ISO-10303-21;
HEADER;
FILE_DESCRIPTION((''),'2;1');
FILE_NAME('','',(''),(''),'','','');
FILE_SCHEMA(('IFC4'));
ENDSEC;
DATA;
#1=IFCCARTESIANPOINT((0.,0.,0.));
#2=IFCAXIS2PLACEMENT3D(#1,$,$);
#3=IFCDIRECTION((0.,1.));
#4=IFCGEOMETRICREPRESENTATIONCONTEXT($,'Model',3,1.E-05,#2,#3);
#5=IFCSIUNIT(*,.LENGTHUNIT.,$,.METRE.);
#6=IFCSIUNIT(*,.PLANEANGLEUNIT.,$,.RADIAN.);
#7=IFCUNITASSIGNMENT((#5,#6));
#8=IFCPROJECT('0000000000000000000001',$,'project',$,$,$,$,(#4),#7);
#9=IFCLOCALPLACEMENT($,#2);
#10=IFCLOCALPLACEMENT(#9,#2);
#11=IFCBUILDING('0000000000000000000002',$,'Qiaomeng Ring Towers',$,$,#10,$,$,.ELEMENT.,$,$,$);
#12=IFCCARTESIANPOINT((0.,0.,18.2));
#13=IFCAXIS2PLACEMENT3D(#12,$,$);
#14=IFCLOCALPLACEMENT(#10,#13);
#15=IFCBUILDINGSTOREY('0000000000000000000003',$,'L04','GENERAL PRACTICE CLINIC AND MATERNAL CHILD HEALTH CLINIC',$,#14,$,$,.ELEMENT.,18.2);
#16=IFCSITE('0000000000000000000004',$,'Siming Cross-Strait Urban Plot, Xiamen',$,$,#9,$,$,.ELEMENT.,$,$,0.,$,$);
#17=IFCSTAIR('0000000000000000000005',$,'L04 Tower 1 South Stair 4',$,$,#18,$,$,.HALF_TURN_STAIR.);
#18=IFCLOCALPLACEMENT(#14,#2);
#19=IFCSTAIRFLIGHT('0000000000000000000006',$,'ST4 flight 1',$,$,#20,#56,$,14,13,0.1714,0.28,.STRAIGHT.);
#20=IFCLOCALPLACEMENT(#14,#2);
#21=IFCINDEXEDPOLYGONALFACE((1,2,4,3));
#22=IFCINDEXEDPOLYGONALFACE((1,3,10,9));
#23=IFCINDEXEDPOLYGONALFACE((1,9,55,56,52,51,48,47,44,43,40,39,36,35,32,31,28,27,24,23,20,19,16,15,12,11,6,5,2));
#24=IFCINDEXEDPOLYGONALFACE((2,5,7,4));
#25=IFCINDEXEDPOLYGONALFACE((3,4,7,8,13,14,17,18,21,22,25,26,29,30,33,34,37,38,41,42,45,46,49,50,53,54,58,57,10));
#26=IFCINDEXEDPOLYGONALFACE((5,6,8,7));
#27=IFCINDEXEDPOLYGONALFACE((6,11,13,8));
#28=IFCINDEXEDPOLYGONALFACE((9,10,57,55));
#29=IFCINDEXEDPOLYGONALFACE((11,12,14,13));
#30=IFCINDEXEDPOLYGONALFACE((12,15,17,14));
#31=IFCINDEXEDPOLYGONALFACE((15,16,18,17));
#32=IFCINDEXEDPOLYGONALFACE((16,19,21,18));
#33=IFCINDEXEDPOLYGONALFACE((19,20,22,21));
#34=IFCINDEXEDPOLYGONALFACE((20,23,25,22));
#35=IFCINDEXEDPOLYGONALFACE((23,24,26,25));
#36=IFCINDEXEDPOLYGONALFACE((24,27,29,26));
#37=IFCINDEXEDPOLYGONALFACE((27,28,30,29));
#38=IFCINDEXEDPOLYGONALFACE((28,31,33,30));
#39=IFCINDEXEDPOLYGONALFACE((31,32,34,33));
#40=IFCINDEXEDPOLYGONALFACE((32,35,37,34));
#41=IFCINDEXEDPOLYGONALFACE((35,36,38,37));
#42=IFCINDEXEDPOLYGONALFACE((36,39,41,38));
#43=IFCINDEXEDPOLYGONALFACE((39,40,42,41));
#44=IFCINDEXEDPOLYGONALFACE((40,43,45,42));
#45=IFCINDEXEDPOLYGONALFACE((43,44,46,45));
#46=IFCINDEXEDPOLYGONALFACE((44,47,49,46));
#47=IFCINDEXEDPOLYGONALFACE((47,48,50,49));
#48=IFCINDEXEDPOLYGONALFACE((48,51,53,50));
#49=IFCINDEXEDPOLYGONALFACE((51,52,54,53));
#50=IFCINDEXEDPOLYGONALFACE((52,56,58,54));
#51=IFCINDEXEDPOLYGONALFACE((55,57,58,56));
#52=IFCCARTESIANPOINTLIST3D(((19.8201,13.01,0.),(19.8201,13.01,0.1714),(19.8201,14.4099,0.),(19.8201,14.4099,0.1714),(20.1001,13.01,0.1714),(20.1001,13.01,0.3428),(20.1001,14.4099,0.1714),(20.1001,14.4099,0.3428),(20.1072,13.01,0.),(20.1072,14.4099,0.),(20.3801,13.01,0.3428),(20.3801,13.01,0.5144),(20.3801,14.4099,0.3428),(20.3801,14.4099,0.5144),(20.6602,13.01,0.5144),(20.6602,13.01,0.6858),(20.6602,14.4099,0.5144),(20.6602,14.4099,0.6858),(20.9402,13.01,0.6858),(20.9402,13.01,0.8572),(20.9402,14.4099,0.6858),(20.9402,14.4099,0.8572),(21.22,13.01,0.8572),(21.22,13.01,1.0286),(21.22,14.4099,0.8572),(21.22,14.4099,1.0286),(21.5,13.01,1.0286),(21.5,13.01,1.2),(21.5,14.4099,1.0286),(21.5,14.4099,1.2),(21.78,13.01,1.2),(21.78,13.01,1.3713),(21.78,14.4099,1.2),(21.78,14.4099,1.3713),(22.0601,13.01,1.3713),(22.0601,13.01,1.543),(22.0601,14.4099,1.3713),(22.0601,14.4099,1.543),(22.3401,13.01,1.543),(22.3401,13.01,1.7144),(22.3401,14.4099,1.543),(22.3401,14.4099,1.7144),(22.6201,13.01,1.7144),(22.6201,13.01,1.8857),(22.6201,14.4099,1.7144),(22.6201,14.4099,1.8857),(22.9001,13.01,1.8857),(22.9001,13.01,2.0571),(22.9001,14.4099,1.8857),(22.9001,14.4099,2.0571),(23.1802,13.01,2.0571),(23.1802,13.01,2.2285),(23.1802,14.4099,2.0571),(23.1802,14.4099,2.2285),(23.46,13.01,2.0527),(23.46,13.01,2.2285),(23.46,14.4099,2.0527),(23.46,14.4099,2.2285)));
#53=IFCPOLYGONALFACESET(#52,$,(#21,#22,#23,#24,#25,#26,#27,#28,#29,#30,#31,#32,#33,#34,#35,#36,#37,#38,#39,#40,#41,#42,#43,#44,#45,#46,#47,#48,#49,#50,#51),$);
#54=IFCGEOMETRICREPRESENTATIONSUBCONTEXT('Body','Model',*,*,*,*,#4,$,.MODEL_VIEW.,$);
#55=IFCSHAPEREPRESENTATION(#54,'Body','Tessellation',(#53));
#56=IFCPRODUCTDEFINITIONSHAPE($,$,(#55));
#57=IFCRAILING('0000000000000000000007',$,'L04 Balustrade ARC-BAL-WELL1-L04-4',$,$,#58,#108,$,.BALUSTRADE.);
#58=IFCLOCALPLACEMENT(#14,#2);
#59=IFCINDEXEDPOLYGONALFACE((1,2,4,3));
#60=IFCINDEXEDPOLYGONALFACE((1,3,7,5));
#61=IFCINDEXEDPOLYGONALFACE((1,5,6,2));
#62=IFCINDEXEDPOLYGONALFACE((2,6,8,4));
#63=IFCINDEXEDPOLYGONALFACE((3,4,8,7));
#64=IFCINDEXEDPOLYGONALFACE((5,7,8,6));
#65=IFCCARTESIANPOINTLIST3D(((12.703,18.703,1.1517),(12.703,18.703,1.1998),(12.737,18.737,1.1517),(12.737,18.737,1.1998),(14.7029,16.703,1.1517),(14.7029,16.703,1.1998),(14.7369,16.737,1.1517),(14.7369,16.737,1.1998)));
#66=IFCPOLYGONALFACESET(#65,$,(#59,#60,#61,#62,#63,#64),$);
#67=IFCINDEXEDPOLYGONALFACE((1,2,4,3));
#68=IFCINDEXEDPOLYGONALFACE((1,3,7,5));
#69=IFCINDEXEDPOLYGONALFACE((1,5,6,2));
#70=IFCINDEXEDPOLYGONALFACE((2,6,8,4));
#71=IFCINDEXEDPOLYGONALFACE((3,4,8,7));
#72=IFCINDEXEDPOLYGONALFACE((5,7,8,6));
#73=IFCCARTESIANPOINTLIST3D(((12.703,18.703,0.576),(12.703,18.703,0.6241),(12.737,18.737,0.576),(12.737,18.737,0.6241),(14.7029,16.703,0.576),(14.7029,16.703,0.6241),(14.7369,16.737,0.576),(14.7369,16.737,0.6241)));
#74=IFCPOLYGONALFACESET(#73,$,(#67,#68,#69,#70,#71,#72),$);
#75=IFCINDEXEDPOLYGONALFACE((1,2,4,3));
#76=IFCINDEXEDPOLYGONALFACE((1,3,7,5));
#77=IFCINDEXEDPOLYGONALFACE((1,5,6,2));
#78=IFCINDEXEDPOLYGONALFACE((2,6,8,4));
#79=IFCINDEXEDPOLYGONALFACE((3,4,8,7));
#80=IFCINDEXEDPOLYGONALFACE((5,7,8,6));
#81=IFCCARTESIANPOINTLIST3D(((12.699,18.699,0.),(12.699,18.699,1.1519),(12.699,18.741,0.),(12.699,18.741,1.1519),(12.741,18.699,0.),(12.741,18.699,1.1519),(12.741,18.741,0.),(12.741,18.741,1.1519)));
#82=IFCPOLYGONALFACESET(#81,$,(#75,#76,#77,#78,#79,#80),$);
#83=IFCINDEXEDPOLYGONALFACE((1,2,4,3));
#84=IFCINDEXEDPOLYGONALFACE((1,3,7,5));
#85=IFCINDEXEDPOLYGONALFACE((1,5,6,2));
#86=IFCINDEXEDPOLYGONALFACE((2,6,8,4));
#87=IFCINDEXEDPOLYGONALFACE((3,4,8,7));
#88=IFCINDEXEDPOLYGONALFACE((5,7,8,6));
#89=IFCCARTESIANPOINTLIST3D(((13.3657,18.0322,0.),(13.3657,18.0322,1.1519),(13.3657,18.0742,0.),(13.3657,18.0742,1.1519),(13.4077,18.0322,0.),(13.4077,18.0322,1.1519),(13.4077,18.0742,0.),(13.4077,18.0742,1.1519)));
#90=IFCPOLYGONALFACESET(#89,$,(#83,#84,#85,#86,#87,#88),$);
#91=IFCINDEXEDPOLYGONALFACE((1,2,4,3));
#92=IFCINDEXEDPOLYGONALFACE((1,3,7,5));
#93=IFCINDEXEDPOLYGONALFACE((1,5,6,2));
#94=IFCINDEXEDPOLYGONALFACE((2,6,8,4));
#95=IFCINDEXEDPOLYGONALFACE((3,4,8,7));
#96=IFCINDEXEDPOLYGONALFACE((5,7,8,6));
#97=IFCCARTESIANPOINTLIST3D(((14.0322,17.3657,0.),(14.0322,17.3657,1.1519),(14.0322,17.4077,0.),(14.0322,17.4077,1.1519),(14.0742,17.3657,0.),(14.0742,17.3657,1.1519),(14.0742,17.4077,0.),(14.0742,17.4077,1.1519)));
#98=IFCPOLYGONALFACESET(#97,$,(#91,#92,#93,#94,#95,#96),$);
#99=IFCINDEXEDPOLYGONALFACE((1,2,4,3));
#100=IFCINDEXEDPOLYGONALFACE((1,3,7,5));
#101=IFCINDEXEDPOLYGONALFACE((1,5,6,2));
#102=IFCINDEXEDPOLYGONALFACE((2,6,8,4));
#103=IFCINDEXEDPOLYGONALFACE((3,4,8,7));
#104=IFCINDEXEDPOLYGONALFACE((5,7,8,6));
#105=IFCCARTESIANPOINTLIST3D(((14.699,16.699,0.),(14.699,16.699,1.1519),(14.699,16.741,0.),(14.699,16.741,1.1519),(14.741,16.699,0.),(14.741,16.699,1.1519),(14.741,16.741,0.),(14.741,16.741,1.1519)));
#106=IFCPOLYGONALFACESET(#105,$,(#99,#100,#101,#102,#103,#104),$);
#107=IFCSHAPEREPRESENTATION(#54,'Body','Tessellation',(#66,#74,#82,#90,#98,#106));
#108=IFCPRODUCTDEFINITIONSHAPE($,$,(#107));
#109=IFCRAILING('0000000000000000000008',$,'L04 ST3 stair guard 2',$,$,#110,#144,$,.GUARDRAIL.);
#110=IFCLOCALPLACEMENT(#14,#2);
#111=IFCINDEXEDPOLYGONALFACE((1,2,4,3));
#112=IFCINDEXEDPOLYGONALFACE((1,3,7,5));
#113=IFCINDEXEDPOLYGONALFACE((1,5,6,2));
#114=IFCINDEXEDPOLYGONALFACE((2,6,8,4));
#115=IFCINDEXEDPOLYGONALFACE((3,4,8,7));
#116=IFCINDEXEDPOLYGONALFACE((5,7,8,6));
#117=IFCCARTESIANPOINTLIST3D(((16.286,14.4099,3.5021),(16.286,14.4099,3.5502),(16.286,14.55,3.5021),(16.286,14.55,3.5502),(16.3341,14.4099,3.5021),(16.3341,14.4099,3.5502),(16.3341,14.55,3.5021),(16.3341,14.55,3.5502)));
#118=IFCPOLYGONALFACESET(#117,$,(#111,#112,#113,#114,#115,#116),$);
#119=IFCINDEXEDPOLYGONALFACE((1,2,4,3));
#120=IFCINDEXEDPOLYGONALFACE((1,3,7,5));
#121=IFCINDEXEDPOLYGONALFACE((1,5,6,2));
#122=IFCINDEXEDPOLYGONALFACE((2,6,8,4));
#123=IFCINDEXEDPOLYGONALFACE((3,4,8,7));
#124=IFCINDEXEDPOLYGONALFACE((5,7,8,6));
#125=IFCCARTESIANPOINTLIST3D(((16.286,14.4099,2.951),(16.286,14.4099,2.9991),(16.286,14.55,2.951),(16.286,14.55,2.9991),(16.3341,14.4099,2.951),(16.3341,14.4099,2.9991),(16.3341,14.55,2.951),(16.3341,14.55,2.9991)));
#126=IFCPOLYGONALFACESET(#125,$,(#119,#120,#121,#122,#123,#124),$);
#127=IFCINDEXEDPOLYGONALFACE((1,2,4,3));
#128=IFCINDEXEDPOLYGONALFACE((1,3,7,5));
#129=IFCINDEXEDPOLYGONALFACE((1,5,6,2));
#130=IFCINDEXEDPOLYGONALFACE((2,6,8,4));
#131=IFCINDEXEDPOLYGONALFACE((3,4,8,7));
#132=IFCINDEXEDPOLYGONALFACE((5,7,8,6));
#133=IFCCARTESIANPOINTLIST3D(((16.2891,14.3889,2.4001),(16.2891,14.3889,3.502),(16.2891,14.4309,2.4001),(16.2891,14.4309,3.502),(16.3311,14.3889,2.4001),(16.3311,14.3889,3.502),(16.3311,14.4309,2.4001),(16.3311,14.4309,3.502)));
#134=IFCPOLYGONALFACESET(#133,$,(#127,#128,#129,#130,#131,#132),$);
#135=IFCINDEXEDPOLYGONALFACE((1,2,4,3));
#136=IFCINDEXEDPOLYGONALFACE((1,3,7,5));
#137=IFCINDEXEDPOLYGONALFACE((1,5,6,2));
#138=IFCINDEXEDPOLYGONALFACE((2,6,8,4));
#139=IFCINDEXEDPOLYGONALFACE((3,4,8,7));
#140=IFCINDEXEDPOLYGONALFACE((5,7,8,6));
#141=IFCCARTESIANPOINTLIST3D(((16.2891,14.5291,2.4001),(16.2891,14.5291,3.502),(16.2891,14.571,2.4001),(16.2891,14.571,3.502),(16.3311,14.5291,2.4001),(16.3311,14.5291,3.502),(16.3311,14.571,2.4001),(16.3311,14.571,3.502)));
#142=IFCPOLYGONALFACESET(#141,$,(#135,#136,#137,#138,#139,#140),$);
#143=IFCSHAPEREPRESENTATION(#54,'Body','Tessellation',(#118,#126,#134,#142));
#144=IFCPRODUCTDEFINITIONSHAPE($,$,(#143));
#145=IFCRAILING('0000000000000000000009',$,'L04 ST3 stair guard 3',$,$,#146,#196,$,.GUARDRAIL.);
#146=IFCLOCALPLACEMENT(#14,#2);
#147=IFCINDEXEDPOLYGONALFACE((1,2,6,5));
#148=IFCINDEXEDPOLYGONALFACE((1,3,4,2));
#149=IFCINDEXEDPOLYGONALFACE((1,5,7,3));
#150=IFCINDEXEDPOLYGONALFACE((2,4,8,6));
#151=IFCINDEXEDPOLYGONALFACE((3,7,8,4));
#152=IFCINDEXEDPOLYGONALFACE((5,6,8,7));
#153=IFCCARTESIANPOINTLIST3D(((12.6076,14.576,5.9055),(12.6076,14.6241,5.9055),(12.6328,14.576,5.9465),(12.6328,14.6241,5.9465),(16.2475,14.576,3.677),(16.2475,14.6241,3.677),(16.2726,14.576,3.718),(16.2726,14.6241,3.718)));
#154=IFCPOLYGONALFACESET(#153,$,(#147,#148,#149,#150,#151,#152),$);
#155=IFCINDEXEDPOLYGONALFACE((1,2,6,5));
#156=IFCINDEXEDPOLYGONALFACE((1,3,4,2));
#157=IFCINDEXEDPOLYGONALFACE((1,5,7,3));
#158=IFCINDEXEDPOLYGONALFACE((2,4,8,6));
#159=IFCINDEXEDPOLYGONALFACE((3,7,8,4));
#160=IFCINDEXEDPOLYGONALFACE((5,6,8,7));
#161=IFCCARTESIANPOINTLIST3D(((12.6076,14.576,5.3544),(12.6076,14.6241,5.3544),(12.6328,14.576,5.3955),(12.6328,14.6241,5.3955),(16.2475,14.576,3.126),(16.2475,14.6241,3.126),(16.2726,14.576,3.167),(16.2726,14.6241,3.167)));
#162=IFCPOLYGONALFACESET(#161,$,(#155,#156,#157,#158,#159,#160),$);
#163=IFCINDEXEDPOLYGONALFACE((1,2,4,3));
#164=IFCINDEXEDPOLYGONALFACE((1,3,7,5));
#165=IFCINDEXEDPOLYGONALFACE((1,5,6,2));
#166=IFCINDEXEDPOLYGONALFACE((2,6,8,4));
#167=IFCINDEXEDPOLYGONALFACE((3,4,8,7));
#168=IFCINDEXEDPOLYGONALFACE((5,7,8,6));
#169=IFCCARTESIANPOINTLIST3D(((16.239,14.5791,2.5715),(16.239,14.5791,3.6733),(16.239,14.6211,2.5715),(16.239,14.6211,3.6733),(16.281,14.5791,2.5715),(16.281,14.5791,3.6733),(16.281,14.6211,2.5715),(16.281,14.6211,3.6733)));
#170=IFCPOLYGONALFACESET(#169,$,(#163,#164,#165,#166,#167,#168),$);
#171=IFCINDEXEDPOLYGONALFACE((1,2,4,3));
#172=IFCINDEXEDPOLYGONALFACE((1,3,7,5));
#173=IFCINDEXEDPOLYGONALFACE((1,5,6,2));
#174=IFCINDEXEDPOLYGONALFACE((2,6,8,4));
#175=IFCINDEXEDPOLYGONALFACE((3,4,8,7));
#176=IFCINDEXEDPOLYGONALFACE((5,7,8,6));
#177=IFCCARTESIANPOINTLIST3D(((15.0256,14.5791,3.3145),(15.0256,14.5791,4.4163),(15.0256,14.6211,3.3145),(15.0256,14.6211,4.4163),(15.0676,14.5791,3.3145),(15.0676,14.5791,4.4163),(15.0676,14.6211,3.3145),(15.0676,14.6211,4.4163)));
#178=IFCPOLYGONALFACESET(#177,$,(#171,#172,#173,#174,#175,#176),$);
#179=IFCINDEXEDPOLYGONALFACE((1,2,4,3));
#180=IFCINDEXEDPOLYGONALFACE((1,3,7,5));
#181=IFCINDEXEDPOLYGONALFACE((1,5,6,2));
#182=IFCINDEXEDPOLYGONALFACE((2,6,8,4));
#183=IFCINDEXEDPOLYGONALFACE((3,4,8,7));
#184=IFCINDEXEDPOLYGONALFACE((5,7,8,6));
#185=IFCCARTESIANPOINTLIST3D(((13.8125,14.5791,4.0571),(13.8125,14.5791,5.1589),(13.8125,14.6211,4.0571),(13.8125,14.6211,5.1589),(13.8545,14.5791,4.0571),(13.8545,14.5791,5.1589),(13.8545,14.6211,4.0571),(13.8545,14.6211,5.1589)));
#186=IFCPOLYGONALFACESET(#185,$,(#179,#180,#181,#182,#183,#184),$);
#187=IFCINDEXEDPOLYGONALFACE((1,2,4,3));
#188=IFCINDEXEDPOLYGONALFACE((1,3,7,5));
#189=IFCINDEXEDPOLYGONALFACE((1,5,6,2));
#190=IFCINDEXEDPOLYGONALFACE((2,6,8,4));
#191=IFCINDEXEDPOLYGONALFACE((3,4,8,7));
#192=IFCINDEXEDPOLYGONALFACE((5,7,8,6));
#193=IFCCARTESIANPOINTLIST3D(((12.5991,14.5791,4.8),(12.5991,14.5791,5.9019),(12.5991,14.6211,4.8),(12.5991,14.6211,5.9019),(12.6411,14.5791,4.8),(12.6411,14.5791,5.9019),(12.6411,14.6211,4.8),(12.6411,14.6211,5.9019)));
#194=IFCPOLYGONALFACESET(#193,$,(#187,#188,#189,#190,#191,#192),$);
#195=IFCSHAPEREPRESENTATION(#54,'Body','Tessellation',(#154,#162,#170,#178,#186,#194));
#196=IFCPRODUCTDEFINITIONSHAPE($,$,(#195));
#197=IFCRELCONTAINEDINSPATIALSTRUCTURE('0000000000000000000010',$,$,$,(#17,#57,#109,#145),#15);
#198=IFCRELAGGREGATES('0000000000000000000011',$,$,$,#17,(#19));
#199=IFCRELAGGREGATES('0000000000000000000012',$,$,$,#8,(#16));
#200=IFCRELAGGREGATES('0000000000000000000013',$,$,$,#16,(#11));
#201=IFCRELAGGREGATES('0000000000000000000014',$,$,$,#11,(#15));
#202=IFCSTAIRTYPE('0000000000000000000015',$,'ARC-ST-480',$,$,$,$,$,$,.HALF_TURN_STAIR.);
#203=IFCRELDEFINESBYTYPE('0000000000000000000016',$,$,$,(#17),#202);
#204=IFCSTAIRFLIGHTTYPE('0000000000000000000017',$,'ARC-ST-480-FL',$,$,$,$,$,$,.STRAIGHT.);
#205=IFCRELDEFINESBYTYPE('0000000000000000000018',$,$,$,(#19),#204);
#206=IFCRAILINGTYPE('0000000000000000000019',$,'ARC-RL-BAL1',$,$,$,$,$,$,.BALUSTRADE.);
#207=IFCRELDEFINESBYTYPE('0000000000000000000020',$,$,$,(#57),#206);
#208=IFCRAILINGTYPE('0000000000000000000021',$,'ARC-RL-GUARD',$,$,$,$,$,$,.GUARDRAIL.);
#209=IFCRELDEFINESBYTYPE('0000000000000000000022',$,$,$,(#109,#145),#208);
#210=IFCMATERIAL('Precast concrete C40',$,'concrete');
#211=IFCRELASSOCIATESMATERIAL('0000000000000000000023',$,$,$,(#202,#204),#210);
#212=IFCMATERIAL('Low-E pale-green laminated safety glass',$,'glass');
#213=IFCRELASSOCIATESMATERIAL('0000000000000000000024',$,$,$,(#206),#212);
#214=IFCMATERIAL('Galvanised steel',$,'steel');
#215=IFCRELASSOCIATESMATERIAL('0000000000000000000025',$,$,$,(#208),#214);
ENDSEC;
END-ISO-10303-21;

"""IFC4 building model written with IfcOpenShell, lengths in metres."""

from ifc_helpers import new_model, si_unit, direction, frame, origin, origin_2d, place, context, subcontext, project, spatial, polyline, rectangle, outline, extrude, source, transform, mapped, material, type_object, element, aggregate, save


model = new_model("IFC4")

# Units and contexts
model_context = context("Model", 3, precision=1e-05, world=origin(), true_north=direction((0.0, 1.0)))
body_context = subcontext(model_context, "Body", "Model", "MODEL_VIEW")
ifc_project = project(units=[si_unit("LENGTHUNIT", "METRE"), si_unit("PLANEANGLEUNIT", "RADIAN")], contexts=[model_context])

# Site, building, storey
site_placement = place(None, origin())
site = spatial("IfcSite", under=ifc_project, at=site_placement, Name="Siming Cross-Strait Urban Plot, Xiamen", CompositionType="ELEMENT", RefElevation=0.0)
building_placement = place(site_placement, origin())
building = spatial("IfcBuilding", under=site, at=building_placement, Name="Qiaomeng Ring Towers", CompositionType="ELEMENT")
storey_placement = place(building_placement, frame((0.0, 0.0, 18.2)))
storey = spatial("IfcBuildingStorey", under=building, at=storey_placement, Name="L04", Description="GENERAL PRACTICE CLINIC AND MATERNAL CHILD HEALTH CLINIC", CompositionType="ELEMENT", Elevation=18.2)

# Shared definitions
ifc_material_1 = material(Name="Precast concrete C40", Category="concrete")
ifc_material_2 = material(Name="Low-E pale-green laminated safety glass", Category="glass")

# Shared definitions
ifc_material_3 = material(Name="Galvanised steel", Category="steel")

# Stair, stair flight
stair_type = type_object("IfcStairType", Name="ARC-ST-480", PredefinedType="HALF_TURN_STAIR", material=ifc_material_1)
stair_flight_type = type_object("IfcStairFlightType", Name="ARC-ST-480-FL", PredefinedType="STRAIGHT", material=ifc_material_1)
shared_shape_1 = source(origin(), body_context, "Body", "SweptSolid", [
    extrude(outline(polyline([(0.0, 0.0), (0.0, 0.1714), (0.28, 0.1714), (0.28, 0.3428), (0.5601, 0.3428), (0.5601, 0.5144), (0.8401, 0.5144), (0.8401, 0.6858), (1.1201, 0.6858), (1.1201, 0.8572), (1.3999, 0.8572), (1.3999, 1.0286), (1.6799, 1.0286), (1.6799, 1.2), (1.96, 1.2), (1.96, 1.3713), (2.24, 1.3713), (2.24, 1.543), (2.52, 1.543), (2.52, 1.7144), (2.8, 1.7144), (2.8, 1.8857), (3.0801, 1.8857), (3.0801, 2.0571), (3.3601, 2.0571), (3.3601, 2.2285), (3.6399, 2.2285), (3.6399, 2.3999), (3.6399, 2.0527), (0.2871, 0.0), (0.0, 0.0)])), frame((0.0, 0.7, 0.0), z_axis=(0.0, -1.0, 0.0), x_axis=(1.0, 0.0, 0.0)), (0.0, 0.0, 1.0), 1.3999),
])
stair_1_placement = place(storey_placement, origin())
stair_1 = element("IfcStair", 1, at=stair_1_placement, inside=storey, type_object=stair_type, Name="L04 Tower 1 South Stair 4", PredefinedType="HALF_TURN_STAIR")
stair_flight_1_placement = place(storey_placement, frame((19.8201, 13.71, 0.0), z_axis=(0.0, 0.0, 1.0), x_axis=(1.0, 0.0, 0.0)))
stair_flight_1 = element("IfcStairFlight", 2, at=stair_flight_1_placement, type_object=stair_flight_type, Name="ST4 flight 1", NumberOfRisers=14, NumberOfTreads=13, PredefinedType="STRAIGHT", RiserHeight=0.1714, TreadLength=0.28, context=body_context, shape_type="MappedRepresentation", body=[
    mapped(shared_shape_1, transform((0.0, 0.0, 0.0), x_axis=(1.0, 0.0, 0.0), y_axis=(0.0, 1.0, 0.0), z_axis=(0.0, 0.0, 1.0), scale=1.0)),
])
aggregate(stair_1, [stair_flight_1])

# Railings
railing_type_1 = type_object("IfcRailingType", Name="ARC-RL-BAL1", PredefinedType="BALUSTRADE", material=ifc_material_2)
railing_1_placement = place(storey_placement, frame((12.72, 18.72, 0.0)))
element("IfcRailing", 3, at=railing_1_placement, inside=storey, type_object=railing_type_1, Name="L04 Balustrade ARC-BAL-WELL1-L04-4", PredefinedType="BALUSTRADE", context=body_context, shape_type="SweptSolid", body=[
    extrude(rectangle(XDim=0.0481, YDim=0.0481, at=origin_2d()), frame((0.0, 0.0, 1.1758), z_axis=(0.707107, -0.707107, 0.0), x_axis=(0.707107, 0.707107, 0.0)), (0.0, 0.0, 1.0), 2.8284),
    extrude(rectangle(XDim=0.0481, YDim=0.0481, at=origin_2d()), frame((0.0, 0.0, 0.6001), z_axis=(0.707107, -0.707107, 0.0), x_axis=(0.707107, 0.707107, 0.0)), (0.0, 0.0, 1.0), 2.8284),
    extrude(rectangle(XDim=0.042, YDim=0.042, at=origin_2d()), origin(), (0.0, 0.0, 1.0), 1.1519),
    extrude(rectangle(XDim=0.042, YDim=0.042, at=origin_2d()), frame((0.6667, -0.6667, 0.0)), (0.0, 0.0, 1.0), 1.1519),
    extrude(rectangle(XDim=0.042, YDim=0.042, at=origin_2d()), frame((1.3333, -1.3333, 0.0)), (0.0, 0.0, 1.0), 1.1519),
    extrude(rectangle(XDim=0.042, YDim=0.042, at=origin_2d()), frame((2.0, -2.0, 0.0)), (0.0, 0.0, 1.0), 1.1519),
])
railing_type_2 = type_object("IfcRailingType", Name="ARC-RL-GUARD", PredefinedType="GUARDRAIL", material=ifc_material_3)
railing_2_placement = place(storey_placement, frame((16.3101, 14.4099, 2.4001)))
element("IfcRailing", 4, at=railing_2_placement, inside=storey, type_object=railing_type_2, Name="L04 ST3 stair guard 2", PredefinedType="GUARDRAIL", context=body_context, shape_type="SweptSolid", body=[
    extrude(rectangle(XDim=0.0481, YDim=0.0481, at=origin_2d()), frame((0.0, 0.0, 1.126), z_axis=(0.0, 1.0, 0.0), x_axis=(-1.0, 0.0, 0.0)), (0.0, 0.0, 1.0), 0.1401),
    extrude(rectangle(XDim=0.0481, YDim=0.0481, at=origin_2d()), frame((0.0, 0.0, 0.575), z_axis=(0.0, 1.0, 0.0), x_axis=(-1.0, 0.0, 0.0)), (0.0, 0.0, 1.0), 0.1401),
    extrude(rectangle(XDim=0.042, YDim=0.042, at=origin_2d()), origin(), (0.0, 0.0, 1.0), 1.1018),
    extrude(rectangle(XDim=0.042, YDim=0.042, at=origin_2d()), frame((0.0, 0.1401, 0.0)), (0.0, 0.0, 1.0), 1.1018),
])
railing_3_placement = place(storey_placement, frame((16.26, 14.6001, 2.5715)))
element("IfcRailing", 5, at=railing_3_placement, inside=storey, type_object=railing_type_2, Name="L04 ST3 stair guard 3", PredefinedType="GUARDRAIL", context=body_context, shape_type="SweptSolid", body=[
    extrude(rectangle(XDim=0.0481, YDim=0.0481, at=origin_2d()), frame((0.0, 0.0, 1.126), z_axis=(-0.85285, 0.0, 0.522156), x_axis=(0.0, -1.0, 0.0)), (0.0, 0.0, 1.0), 4.2678),
    extrude(rectangle(XDim=0.0481, YDim=0.0481, at=origin_2d()), frame((0.0, 0.0, 0.575), z_axis=(-0.85285, 0.0, 0.522156), x_axis=(0.0, -1.0, 0.0)), (0.0, 0.0, 1.0), 4.2678),
    extrude(rectangle(XDim=0.042, YDim=0.042, at=origin_2d()), origin(), (0.0, 0.0, 1.0), 1.1018),
    extrude(rectangle(XDim=0.042, YDim=0.042, at=origin_2d()), frame((-1.2134, 0.0, 0.7429)), (0.0, 0.0, 1.0), 1.1018),
    extrude(rectangle(XDim=0.042, YDim=0.042, at=origin_2d()), frame((-2.4265, 0.0, 1.4856)), (0.0, 0.0, 1.0), 1.1018),
    extrude(rectangle(XDim=0.042, YDim=0.042, at=origin_2d()), frame((-3.6399, 0.0, 2.2285)), (0.0, 0.0, 1.0), 1.1018),
])

save(model, "model.ifc")
